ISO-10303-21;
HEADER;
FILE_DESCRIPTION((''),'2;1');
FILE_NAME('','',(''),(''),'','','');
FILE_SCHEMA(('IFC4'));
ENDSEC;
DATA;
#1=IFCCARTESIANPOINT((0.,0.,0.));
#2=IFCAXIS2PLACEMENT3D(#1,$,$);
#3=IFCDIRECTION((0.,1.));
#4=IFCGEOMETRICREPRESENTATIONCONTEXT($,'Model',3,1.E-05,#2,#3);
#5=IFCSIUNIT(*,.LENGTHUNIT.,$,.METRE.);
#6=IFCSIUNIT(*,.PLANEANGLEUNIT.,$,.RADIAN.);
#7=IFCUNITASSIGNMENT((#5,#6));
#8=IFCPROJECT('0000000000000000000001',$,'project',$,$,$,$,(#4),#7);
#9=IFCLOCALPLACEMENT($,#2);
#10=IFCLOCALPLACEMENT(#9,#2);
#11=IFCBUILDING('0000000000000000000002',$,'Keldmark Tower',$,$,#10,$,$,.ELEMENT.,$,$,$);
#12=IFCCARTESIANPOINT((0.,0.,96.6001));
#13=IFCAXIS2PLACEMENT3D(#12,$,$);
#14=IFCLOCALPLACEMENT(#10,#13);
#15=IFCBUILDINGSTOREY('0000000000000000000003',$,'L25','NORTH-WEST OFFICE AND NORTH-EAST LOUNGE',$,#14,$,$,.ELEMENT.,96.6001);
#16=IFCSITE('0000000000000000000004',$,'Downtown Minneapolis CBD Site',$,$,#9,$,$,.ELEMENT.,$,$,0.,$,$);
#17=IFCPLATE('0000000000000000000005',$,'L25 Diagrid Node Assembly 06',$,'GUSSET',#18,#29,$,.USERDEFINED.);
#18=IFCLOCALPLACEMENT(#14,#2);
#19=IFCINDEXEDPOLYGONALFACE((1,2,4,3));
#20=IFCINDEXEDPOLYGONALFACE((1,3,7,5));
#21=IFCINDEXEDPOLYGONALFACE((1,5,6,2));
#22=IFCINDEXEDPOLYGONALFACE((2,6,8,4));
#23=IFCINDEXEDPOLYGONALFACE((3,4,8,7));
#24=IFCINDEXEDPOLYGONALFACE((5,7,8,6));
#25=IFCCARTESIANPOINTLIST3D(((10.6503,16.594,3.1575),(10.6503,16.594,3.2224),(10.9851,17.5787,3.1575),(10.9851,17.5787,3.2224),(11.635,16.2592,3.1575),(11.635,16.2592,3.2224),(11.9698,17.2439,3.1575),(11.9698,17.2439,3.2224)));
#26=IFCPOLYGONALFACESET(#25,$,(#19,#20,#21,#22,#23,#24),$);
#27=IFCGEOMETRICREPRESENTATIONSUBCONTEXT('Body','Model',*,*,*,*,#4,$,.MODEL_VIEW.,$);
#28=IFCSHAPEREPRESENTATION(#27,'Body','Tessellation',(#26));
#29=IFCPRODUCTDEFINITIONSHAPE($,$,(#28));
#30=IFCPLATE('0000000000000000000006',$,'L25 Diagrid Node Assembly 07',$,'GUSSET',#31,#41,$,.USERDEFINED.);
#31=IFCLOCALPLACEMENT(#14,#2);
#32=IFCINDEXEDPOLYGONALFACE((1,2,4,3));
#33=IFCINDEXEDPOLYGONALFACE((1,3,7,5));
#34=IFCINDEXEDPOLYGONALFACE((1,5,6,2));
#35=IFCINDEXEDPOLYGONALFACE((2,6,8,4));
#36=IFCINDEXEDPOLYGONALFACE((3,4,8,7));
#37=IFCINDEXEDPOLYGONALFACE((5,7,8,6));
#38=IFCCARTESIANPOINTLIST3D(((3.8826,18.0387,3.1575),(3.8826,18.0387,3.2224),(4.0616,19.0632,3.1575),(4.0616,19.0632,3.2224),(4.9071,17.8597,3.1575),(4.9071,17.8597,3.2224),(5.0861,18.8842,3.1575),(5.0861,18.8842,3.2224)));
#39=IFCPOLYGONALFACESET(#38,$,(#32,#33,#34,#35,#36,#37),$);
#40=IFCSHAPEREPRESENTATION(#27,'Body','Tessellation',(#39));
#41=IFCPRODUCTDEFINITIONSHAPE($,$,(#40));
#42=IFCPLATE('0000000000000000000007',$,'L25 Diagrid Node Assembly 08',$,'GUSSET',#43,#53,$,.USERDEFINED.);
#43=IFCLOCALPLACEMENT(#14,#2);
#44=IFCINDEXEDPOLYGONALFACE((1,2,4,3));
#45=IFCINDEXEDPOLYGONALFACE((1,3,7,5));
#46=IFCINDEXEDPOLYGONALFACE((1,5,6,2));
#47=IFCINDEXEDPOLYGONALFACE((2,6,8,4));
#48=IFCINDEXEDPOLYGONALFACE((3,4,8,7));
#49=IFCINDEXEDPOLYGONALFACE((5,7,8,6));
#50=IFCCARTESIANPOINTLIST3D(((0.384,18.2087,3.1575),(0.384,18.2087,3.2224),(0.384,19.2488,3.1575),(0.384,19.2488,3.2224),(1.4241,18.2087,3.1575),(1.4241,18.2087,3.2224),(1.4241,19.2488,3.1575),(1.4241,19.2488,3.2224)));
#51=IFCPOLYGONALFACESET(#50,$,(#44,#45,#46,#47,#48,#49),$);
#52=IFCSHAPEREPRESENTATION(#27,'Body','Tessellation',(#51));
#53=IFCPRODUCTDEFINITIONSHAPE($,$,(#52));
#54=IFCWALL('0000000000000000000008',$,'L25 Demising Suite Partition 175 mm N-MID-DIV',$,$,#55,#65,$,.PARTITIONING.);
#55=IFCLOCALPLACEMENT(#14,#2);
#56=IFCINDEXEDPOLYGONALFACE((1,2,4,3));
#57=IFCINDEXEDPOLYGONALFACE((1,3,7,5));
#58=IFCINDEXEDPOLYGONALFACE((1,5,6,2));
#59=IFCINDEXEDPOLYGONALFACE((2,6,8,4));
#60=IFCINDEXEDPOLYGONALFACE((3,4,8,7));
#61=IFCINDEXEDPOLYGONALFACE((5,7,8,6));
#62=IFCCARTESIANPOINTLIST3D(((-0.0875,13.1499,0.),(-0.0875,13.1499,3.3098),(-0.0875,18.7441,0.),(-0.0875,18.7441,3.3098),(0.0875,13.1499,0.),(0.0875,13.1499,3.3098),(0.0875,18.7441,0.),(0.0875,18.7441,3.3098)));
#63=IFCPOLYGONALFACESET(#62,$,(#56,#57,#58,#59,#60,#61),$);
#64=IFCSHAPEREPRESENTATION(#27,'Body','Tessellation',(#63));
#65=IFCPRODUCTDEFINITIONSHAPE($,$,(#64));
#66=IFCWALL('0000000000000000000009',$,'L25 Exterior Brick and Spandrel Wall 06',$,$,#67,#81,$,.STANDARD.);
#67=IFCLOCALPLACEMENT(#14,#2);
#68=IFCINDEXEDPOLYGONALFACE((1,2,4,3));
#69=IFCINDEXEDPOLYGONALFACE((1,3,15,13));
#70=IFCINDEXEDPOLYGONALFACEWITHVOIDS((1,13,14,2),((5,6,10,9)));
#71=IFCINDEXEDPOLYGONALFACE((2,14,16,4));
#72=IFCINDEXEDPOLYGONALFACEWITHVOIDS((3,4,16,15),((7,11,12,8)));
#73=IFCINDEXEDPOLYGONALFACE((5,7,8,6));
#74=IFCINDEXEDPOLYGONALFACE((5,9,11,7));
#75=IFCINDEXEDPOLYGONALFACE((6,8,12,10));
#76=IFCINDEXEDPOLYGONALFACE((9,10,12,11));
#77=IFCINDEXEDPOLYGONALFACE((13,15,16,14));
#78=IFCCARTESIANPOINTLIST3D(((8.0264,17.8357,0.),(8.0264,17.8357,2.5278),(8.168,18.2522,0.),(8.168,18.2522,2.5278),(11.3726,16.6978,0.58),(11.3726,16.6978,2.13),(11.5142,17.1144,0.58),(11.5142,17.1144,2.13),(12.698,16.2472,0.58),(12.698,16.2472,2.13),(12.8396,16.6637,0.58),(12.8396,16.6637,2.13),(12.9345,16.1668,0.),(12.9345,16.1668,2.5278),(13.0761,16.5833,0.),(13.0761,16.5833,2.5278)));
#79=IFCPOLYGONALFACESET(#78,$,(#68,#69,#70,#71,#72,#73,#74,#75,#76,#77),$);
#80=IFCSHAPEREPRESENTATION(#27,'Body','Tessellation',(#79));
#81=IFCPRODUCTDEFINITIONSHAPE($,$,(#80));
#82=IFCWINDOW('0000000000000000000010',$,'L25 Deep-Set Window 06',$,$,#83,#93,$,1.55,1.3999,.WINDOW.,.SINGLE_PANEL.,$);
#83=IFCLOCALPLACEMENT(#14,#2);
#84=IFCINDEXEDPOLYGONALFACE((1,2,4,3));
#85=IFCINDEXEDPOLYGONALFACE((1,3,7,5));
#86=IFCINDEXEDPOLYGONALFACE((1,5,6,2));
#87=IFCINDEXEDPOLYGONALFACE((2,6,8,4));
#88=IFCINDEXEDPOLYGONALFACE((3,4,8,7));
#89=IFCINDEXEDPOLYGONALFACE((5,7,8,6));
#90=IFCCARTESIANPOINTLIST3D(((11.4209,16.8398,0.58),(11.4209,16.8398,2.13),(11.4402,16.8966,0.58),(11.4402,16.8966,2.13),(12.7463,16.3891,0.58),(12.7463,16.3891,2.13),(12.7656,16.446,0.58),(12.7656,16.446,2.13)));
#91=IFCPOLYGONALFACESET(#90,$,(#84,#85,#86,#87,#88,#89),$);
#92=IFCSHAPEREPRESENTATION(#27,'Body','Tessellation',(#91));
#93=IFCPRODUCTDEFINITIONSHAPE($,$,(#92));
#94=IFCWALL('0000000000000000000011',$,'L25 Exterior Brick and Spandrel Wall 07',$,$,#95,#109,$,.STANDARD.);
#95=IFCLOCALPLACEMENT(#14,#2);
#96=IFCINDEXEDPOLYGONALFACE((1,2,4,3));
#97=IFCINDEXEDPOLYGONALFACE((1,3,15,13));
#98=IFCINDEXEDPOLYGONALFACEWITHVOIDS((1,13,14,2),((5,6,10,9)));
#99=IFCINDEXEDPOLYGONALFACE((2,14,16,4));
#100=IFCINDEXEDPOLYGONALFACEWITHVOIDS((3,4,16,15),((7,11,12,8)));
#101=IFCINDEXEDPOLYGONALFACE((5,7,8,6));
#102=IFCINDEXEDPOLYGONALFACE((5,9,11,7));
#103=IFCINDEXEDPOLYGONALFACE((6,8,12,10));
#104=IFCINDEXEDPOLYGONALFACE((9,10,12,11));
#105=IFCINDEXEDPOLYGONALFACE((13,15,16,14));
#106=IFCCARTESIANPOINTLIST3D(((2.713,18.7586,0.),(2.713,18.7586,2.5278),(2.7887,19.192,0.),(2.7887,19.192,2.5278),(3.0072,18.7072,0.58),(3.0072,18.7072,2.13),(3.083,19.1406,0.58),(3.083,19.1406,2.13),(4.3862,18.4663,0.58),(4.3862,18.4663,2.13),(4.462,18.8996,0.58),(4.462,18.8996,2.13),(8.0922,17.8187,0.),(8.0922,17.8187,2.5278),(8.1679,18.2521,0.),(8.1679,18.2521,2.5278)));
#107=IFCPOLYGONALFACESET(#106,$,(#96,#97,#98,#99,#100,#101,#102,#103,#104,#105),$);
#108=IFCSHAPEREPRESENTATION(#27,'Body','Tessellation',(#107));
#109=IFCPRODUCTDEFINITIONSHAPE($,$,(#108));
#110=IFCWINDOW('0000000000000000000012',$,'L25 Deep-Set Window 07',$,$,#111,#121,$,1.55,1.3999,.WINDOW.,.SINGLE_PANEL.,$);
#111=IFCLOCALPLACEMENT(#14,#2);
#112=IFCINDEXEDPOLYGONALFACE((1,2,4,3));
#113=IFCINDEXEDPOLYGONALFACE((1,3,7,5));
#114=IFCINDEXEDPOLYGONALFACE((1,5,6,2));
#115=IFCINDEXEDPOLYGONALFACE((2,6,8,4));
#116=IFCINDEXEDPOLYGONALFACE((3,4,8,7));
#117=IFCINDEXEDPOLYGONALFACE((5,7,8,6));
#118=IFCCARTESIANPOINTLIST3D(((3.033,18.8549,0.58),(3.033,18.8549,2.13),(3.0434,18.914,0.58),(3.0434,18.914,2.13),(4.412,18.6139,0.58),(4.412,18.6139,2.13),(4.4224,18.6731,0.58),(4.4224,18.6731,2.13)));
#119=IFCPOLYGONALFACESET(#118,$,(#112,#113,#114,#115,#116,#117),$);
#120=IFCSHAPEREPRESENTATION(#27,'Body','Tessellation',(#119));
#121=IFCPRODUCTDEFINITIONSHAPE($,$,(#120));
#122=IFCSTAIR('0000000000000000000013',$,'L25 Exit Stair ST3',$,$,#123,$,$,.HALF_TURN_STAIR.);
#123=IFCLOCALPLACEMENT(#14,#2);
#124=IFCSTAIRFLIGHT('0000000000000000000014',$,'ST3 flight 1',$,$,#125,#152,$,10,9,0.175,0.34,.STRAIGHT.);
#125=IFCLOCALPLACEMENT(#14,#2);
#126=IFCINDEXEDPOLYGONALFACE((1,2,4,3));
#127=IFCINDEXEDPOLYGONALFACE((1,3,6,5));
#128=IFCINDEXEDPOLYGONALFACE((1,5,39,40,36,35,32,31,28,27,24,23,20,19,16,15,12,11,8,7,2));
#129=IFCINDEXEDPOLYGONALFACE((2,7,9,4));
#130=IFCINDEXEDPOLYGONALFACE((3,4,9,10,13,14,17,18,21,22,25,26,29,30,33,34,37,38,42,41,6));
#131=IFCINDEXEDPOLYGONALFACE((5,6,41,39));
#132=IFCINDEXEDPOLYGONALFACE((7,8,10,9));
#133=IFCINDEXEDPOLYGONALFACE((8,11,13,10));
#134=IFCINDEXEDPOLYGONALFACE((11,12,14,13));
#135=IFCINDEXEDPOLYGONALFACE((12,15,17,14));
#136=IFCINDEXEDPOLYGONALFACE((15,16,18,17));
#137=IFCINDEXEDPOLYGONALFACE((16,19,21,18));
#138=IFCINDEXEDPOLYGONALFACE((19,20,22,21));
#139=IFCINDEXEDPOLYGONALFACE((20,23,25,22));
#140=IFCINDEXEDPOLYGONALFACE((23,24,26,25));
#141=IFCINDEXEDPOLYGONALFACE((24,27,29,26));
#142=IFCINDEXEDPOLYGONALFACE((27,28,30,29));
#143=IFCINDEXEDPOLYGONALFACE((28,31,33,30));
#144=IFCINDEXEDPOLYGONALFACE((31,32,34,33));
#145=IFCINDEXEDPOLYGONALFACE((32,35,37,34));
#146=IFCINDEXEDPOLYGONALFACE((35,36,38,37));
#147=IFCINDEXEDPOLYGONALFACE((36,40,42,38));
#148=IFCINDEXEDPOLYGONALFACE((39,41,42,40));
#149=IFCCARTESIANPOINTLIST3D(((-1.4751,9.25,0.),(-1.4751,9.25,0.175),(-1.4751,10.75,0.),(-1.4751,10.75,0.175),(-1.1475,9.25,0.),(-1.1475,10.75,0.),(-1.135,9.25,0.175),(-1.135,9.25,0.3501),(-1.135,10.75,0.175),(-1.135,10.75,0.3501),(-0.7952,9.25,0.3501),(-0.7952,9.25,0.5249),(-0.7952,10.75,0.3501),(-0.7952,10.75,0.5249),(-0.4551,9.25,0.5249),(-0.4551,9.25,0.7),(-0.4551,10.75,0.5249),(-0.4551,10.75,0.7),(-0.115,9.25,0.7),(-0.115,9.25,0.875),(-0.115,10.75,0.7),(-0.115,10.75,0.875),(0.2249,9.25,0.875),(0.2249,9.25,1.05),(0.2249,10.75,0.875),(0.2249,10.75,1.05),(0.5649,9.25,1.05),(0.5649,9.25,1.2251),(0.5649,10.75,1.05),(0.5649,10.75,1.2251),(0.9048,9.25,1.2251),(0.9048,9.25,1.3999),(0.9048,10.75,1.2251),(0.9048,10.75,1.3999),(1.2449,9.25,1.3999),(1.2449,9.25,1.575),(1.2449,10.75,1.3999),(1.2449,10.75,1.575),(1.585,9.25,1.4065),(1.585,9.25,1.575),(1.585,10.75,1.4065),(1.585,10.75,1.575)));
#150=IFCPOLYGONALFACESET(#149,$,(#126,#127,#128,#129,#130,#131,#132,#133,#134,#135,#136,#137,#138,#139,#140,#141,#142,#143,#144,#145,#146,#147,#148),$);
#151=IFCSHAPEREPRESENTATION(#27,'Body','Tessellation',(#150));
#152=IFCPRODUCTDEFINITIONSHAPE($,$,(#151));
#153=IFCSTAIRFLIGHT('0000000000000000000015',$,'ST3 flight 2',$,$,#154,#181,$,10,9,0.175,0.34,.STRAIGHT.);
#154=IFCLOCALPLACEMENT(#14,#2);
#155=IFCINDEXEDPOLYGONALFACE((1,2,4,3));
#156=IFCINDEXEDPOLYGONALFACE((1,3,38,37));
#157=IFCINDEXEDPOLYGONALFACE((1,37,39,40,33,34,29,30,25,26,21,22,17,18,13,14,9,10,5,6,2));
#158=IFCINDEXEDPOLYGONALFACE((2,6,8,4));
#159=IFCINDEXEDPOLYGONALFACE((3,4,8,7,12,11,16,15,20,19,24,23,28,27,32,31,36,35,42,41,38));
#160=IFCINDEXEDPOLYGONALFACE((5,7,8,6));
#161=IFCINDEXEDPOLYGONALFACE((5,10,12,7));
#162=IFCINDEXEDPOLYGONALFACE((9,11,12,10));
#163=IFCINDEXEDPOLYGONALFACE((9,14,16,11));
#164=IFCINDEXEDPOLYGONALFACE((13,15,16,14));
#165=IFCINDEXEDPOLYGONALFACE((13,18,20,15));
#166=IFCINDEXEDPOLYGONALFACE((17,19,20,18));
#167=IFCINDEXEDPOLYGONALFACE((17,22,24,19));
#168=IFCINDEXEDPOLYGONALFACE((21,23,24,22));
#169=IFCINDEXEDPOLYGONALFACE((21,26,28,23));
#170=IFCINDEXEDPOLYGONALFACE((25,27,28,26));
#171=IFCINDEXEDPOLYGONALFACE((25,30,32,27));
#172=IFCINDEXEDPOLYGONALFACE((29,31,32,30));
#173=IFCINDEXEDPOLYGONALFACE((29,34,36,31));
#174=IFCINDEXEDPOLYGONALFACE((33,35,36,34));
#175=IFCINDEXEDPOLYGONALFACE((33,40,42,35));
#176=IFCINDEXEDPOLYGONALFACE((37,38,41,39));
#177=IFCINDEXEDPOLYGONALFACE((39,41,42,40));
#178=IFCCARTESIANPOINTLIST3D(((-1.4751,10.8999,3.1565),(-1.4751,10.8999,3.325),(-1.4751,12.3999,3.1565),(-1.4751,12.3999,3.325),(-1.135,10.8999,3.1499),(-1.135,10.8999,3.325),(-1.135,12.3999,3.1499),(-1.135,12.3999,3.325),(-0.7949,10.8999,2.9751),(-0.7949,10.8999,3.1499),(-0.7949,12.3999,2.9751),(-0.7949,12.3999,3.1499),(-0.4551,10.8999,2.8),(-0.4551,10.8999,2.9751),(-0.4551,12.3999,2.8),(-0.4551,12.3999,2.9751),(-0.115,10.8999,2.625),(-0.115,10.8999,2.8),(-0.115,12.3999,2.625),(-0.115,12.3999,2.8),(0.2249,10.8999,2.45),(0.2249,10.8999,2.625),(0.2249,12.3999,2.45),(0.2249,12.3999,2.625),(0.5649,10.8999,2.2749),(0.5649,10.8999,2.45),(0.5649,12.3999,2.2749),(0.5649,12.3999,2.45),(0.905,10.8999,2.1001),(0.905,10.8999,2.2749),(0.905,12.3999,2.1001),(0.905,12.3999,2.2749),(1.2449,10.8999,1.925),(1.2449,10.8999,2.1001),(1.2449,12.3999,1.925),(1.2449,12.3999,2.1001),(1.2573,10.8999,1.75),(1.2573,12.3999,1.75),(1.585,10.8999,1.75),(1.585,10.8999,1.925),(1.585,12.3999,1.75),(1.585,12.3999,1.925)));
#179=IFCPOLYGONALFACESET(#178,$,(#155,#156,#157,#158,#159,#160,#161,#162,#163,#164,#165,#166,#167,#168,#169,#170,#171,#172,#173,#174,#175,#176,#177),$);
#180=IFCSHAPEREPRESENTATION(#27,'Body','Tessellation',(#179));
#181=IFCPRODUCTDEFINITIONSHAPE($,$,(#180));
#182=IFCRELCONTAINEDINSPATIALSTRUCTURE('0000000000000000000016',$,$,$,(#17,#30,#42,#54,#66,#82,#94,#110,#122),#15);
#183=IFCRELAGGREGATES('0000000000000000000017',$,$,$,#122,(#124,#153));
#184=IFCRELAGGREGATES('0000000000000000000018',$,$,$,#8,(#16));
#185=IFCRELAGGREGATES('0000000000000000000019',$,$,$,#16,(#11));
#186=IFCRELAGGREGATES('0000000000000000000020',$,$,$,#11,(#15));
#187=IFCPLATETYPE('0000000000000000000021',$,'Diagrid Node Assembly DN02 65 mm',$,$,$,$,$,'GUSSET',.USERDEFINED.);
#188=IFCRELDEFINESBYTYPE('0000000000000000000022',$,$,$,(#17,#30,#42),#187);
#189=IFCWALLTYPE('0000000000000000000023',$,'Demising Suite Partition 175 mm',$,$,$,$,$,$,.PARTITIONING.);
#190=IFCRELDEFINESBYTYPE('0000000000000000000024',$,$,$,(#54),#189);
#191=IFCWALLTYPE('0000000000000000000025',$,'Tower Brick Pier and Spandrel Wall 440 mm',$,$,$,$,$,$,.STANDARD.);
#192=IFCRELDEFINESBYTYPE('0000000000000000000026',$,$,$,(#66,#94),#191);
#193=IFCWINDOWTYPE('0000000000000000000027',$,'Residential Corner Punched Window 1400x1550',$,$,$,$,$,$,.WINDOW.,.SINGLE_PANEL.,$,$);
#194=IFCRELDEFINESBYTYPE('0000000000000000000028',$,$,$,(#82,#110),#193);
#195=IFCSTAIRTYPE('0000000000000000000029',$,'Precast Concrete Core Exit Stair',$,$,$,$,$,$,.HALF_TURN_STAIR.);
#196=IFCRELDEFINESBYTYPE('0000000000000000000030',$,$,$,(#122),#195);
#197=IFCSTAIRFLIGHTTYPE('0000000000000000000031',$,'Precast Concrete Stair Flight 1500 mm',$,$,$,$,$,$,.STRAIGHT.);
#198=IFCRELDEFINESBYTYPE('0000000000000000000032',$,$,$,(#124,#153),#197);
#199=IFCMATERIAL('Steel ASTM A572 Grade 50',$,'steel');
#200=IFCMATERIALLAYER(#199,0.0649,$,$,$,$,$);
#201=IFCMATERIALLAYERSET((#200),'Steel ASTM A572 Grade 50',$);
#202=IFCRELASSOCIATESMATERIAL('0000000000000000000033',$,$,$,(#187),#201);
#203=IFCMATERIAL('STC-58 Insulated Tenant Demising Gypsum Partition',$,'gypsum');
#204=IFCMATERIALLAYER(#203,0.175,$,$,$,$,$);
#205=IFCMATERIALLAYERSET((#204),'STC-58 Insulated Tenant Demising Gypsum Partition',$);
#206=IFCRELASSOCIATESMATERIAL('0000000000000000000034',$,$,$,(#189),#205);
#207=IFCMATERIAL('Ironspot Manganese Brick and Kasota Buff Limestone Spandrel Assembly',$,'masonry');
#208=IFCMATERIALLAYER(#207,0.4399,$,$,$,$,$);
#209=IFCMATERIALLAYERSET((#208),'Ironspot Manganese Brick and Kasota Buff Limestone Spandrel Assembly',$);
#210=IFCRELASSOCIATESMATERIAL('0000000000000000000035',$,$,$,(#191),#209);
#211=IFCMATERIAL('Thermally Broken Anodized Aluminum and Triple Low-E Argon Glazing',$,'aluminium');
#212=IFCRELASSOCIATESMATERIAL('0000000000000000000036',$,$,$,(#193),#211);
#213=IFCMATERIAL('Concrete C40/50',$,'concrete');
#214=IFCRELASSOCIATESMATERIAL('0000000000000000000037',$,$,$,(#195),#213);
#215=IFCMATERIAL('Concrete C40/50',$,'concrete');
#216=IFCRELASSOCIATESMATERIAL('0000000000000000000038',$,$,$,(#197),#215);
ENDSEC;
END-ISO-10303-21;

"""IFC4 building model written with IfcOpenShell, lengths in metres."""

from ifc_helpers import new_model, si_unit, direction, frame, frame_2d, origin, origin_2d, place, context, subcontext, project, spatial, polyline, rectangle, outline, extrude, material, layer, layer_set, type_object, element, fill, aggregate, save


model = new_model("IFC4")

# Units and contexts
model_context = context("Model", 3, precision=1e-05, world=origin(), true_north=direction((0.0, 1.0)))
body_context = subcontext(model_context, "Body", "Model", "MODEL_VIEW")
ifc_project = project(units=[si_unit("LENGTHUNIT", "METRE"), si_unit("PLANEANGLEUNIT", "RADIAN")], contexts=[model_context])

# Site, building, storey
site_placement = place(None, origin())
site = spatial("IfcSite", under=ifc_project, at=site_placement, Name="Downtown Minneapolis CBD Site", CompositionType="ELEMENT", RefElevation=0.0)
building_placement = place(site_placement, origin())
building = spatial("IfcBuilding", under=site, at=building_placement, Name="Keldmark Tower", CompositionType="ELEMENT")
storey_placement = place(building_placement, frame((0.0, 0.0, 96.6001)))
storey = spatial("IfcBuildingStorey", under=building, at=storey_placement, Name="L25", Description="NORTH-WEST OFFICE AND NORTH-EAST LOUNGE", CompositionType="ELEMENT", Elevation=96.6001)

# Plates
ifc_material_1 = material(Name="Steel ASTM A572 Grade 50", Category="steel")
ifc_layer_1 = layer(ifc_material_1, 0.0649)
ifc_layer_set_1 = layer_set([ifc_layer_1], Name="Steel ASTM A572 Grade 50")
plate_type_1 = type_object("IfcPlateType", Name="Diagrid Node Assembly DN02 65 mm", ElementType="GUSSET", PredefinedType="USERDEFINED", material=ifc_layer_set_1)
for number, where, z_axis, x_axis, name in (
    (1, (11.3101, 16.9189, 3.1575), (0.0, 0.0, 1.0), (-0.946762, 0.321935, 0.0), "L25 Diagrid Node Assembly 06"),
    (2, (4.4844, 18.4614, 3.1575), (0.0, 0.0, 1.0), (-0.985079, 0.172101, 0.0), "L25 Diagrid Node Assembly 07"),
    (3, (0.9041, 18.7288, 3.1575), (0.0, 0.0, 1.0), (-1.0, 0.0, 0.0), "L25 Diagrid Node Assembly 08"),
):
    element("IfcPlate", number, at=place(storey_placement, frame(where, z_axis=z_axis, x_axis=x_axis)), inside=storey, type_object=plate_type_1, Name=name, ObjectType="GUSSET", PredefinedType="USERDEFINED", context=body_context, shape_type="SweptSolid", body=[
        extrude(rectangle(XDim=1.04, YDim=1.04, at=origin_2d()), origin(), (0.0, 0.0, 1.0), 0.0649),
    ])

# Wall
ifc_material_2 = material(Name="STC-58 Insulated Tenant Demising Gypsum Partition", Category="gypsum")
ifc_layer_2 = layer(ifc_material_2, 0.175)
ifc_layer_set_2 = layer_set([ifc_layer_2], Name="STC-58 Insulated Tenant Demising Gypsum Partition")
wall_type_1 = type_object("IfcWallType", Name="Demising Suite Partition 175 mm", PredefinedType="PARTITIONING", material=ifc_layer_set_2)
wall_1_placement = place(storey_placement, frame((0.0, 13.1499, 0.0), z_axis=(0.0, 0.0, 1.0), x_axis=(0.0, 1.0, 0.0)))
element("IfcWall", 4, at=wall_1_placement, inside=storey, type_object=wall_type_1, Name="L25 Demising Suite Partition 175 mm N-MID-DIV", PredefinedType="PARTITIONING", context=body_context, shape_type="SweptSolid", body=[
    extrude(rectangle(XDim=5.5942, YDim=0.175, at=frame_2d((2.7971, 0.0))), origin(), (0.0, 0.0, 1.0), 3.3098),
])

# Walls, openings, windows
ifc_material_3 = material(Name="Ironspot Manganese Brick and Kasota Buff Limestone Spandrel Assembly", Category="masonry")
ifc_layer_3 = layer(ifc_material_3, 0.4399)
ifc_layer_set_3 = layer_set([ifc_layer_3], Name="Ironspot Manganese Brick and Kasota Buff Limestone Spandrel Assembly")
wall_type_2 = type_object("IfcWallType", Name="Tower Brick Pier and Spandrel Wall 440 mm", PredefinedType="STANDARD", material=ifc_layer_set_3)
wall_2_placement = place(storey_placement, frame((8.0972, 18.0439, 0.0), z_axis=(0.0, 0.0, 1.0), x_axis=(0.946764, -0.32193, 0.0)))
wall_2 = element("IfcWall", 5, at=wall_2_placement, inside=storey, type_object=wall_type_2, Name="L25 Exterior Brick and Spandrel Wall 06", PredefinedType="STANDARD", context=body_context, shape_type="SweptSolid", body=[
    extrude(rectangle(XDim=5.1841, YDim=0.4399, at=frame_2d((2.592, 0.0))), origin(), (0.0, 0.0, 1.0), 2.5278),
])
opening_1_placement = place(wall_2_placement, frame((3.5344, 0.0, 0.5801)))
opening_1 = element("IfcOpeningElement", 6, at=opening_1_placement, cuts=wall_2, PredefinedType="OPENING", context=body_context, shape_type="SweptSolid", body=[
    extrude(rectangle(XDim=1.3999, YDim=1.55, at=frame_2d((0.7, 0.7749))), frame((0.0, 0.23, 0.0), z_axis=(0.0, -1.0, 0.0), x_axis=(1.0, 0.0, 0.0)), (0.0, 0.0, 1.0), 0.46),
])
ifc_material_4 = material(Name="Thermally Broken Anodized Aluminum and Triple Low-E Argon Glazing", Category="aluminium")
window_type = type_object("IfcWindowType", Name="Residential Corner Punched Window 1400x1550", PartitioningType="SINGLE_PANEL", PredefinedType="WINDOW", material=ifc_material_4)
window_1_placement = place(opening_1_placement, origin())
window_1 = element("IfcWindow", 7, at=window_1_placement, inside=storey, type_object=window_type, Name="L25 Deep-Set Window 06", OverallHeight=1.55, OverallWidth=1.3999, PartitioningType="SINGLE_PANEL", PredefinedType="WINDOW", context=body_context, shape_type="SweptSolid", body=[
    extrude(rectangle(XDim=1.3999, YDim=1.55, at=frame_2d((0.7, 0.7749))), frame((0.0, -0.01, 0.0), z_axis=(0.0, -1.0, 0.0), x_axis=(1.0, 0.0, 0.0)), (0.0, 0.0, 1.0), 0.0601),
])
fill(opening_1, window_1)
wall_3_placement = place(storey_placement, frame((2.7507, 18.9753, 0.0), z_axis=(0.0, 0.0, 1.0), x_axis=(0.985074, -0.17213, 0.0)))
wall_3 = element("IfcWall", 8, at=wall_3_placement, inside=storey, type_object=wall_type_2, Name="L25 Exterior Brick and Spandrel Wall 07", PredefinedType="STANDARD", context=body_context, shape_type="SweptSolid", body=[
    extrude(rectangle(XDim=5.4607, YDim=0.4399, at=frame_2d((2.7305, 0.0))), origin(), (0.0, 0.0, 1.0), 2.5278),
])
opening_2_placement = place(wall_3_placement, frame((0.2988, 0.0, 0.5801)))
opening_2 = element("IfcOpeningElement", 9, at=opening_2_placement, cuts=wall_3, PredefinedType="OPENING", context=body_context, shape_type="SweptSolid", body=[
    extrude(rectangle(XDim=1.3999, YDim=1.55, at=frame_2d((0.7, 0.7749))), frame((0.0, 0.23, 0.0), z_axis=(0.0, -1.0, 0.0), x_axis=(1.0, 0.0, 0.0)), (0.0, 0.0, 1.0), 0.46),
])
window_2_placement = place(opening_2_placement, origin())
window_2 = element("IfcWindow", 10, at=window_2_placement, inside=storey, type_object=window_type, Name="L25 Deep-Set Window 07", OverallHeight=1.55, OverallWidth=1.3999, PartitioningType="SINGLE_PANEL", PredefinedType="WINDOW", context=body_context, shape_type="SweptSolid", body=[
    extrude(rectangle(XDim=1.3999, YDim=1.55, at=frame_2d((0.7, 0.7749))), frame((0.0, -0.01, 0.0), z_axis=(0.0, -1.0, 0.0), x_axis=(1.0, 0.0, 0.0)), (0.0, 0.0, 1.0), 0.0601),
])
fill(opening_2, window_2)

# Stair, stair flights
ifc_material_5 = material(Name="Concrete C40/50", Category="concrete")
stair_type = type_object("IfcStairType", Name="Precast Concrete Core Exit Stair", PredefinedType="HALF_TURN_STAIR", material=ifc_material_5)
stair_placement = place(storey_placement, origin())
stair = element("IfcStair", 11, at=stair_placement, inside=storey, type_object=stair_type, Name="L25 Exit Stair ST3", PredefinedType="HALF_TURN_STAIR")
ifc_material_6 = material(Name="Concrete C40/50", Category="concrete")
stair_flight_type = type_object("IfcStairFlightType", Name="Precast Concrete Stair Flight 1500 mm", PredefinedType="STRAIGHT", material=ifc_material_6)
stair_flight_1_placement = place(storey_placement, frame((-1.4751, 10.0, 0.0), z_axis=(0.0, 0.0, 1.0), x_axis=(1.0, 0.0, 0.0)))
stair_flight_1 = element("IfcStairFlight", 12, at=stair_flight_1_placement, type_object=stair_flight_type, Name="ST3 flight 1", NumberOfRisers=10, NumberOfTreads=9, PredefinedType="STRAIGHT", RiserHeight=0.175, TreadLength=0.34, context=body_context, shape_type="SweptSolid", body=[
    extrude(outline(polyline([(0.0, 0.0), (0.0, 0.175), (0.3401, 0.175), (0.3401, 0.3501), (0.6799, 0.3501), (0.6799, 0.5249), (1.02, 0.5249), (1.02, 0.7), (1.3601, 0.7), (1.3601, 0.875), (1.7, 0.875), (1.7, 1.05), (2.04, 1.05), (2.04, 1.2251), (2.3799, 1.2251), (2.3799, 1.3999), (2.72, 1.3999), (2.72, 1.575), (3.0601, 1.575), (3.0601, 1.75), (3.0601, 1.4065), (0.3276, 0.0), (0.0, 0.0)])), frame((0.0, 0.75, 0.0), z_axis=(0.0, -1.0, 0.0), x_axis=(1.0, 0.0, 0.0)), (0.0, 0.0, 1.0), 1.5),
])
stair_flight_2_placement = place(storey_placement, frame((1.585, 11.6499, 1.75), z_axis=(0.0, 0.0, 1.0), x_axis=(-1.0, 0.0, 0.0)))
stair_flight_2 = element("IfcStairFlight", 13, at=stair_flight_2_placement, type_object=stair_flight_type, Name="ST3 flight 2", NumberOfRisers=10, NumberOfTreads=9, PredefinedType="STRAIGHT", RiserHeight=0.175, TreadLength=0.34, context=body_context, shape_type="SweptSolid", body=[
    extrude(outline(polyline([(0.0, 0.0), (0.0, 0.175), (0.3401, 0.175), (0.3401, 0.3501), (0.6799, 0.3501), (0.6799, 0.5249), (1.02, 0.5249), (1.02, 0.7), (1.3601, 0.7), (1.3601, 0.875), (1.7, 0.875), (1.7, 1.05), (2.04, 1.05), (2.04, 1.2251), (2.3799, 1.2251), (2.3799, 1.3999), (2.72, 1.3999), (2.72, 1.575), (3.0601, 1.575), (3.0601, 1.75), (3.0601, 1.4065), (0.3276, 0.0), (0.0, 0.0)])), frame((0.0, 0.75, 0.0), z_axis=(0.0, -1.0, 0.0), x_axis=(1.0, 0.0, 0.0)), (0.0, 0.0, 1.0), 1.5),
])
aggregate(stair, [stair_flight_1, stair_flight_2])

save(model, "model.ifc")
